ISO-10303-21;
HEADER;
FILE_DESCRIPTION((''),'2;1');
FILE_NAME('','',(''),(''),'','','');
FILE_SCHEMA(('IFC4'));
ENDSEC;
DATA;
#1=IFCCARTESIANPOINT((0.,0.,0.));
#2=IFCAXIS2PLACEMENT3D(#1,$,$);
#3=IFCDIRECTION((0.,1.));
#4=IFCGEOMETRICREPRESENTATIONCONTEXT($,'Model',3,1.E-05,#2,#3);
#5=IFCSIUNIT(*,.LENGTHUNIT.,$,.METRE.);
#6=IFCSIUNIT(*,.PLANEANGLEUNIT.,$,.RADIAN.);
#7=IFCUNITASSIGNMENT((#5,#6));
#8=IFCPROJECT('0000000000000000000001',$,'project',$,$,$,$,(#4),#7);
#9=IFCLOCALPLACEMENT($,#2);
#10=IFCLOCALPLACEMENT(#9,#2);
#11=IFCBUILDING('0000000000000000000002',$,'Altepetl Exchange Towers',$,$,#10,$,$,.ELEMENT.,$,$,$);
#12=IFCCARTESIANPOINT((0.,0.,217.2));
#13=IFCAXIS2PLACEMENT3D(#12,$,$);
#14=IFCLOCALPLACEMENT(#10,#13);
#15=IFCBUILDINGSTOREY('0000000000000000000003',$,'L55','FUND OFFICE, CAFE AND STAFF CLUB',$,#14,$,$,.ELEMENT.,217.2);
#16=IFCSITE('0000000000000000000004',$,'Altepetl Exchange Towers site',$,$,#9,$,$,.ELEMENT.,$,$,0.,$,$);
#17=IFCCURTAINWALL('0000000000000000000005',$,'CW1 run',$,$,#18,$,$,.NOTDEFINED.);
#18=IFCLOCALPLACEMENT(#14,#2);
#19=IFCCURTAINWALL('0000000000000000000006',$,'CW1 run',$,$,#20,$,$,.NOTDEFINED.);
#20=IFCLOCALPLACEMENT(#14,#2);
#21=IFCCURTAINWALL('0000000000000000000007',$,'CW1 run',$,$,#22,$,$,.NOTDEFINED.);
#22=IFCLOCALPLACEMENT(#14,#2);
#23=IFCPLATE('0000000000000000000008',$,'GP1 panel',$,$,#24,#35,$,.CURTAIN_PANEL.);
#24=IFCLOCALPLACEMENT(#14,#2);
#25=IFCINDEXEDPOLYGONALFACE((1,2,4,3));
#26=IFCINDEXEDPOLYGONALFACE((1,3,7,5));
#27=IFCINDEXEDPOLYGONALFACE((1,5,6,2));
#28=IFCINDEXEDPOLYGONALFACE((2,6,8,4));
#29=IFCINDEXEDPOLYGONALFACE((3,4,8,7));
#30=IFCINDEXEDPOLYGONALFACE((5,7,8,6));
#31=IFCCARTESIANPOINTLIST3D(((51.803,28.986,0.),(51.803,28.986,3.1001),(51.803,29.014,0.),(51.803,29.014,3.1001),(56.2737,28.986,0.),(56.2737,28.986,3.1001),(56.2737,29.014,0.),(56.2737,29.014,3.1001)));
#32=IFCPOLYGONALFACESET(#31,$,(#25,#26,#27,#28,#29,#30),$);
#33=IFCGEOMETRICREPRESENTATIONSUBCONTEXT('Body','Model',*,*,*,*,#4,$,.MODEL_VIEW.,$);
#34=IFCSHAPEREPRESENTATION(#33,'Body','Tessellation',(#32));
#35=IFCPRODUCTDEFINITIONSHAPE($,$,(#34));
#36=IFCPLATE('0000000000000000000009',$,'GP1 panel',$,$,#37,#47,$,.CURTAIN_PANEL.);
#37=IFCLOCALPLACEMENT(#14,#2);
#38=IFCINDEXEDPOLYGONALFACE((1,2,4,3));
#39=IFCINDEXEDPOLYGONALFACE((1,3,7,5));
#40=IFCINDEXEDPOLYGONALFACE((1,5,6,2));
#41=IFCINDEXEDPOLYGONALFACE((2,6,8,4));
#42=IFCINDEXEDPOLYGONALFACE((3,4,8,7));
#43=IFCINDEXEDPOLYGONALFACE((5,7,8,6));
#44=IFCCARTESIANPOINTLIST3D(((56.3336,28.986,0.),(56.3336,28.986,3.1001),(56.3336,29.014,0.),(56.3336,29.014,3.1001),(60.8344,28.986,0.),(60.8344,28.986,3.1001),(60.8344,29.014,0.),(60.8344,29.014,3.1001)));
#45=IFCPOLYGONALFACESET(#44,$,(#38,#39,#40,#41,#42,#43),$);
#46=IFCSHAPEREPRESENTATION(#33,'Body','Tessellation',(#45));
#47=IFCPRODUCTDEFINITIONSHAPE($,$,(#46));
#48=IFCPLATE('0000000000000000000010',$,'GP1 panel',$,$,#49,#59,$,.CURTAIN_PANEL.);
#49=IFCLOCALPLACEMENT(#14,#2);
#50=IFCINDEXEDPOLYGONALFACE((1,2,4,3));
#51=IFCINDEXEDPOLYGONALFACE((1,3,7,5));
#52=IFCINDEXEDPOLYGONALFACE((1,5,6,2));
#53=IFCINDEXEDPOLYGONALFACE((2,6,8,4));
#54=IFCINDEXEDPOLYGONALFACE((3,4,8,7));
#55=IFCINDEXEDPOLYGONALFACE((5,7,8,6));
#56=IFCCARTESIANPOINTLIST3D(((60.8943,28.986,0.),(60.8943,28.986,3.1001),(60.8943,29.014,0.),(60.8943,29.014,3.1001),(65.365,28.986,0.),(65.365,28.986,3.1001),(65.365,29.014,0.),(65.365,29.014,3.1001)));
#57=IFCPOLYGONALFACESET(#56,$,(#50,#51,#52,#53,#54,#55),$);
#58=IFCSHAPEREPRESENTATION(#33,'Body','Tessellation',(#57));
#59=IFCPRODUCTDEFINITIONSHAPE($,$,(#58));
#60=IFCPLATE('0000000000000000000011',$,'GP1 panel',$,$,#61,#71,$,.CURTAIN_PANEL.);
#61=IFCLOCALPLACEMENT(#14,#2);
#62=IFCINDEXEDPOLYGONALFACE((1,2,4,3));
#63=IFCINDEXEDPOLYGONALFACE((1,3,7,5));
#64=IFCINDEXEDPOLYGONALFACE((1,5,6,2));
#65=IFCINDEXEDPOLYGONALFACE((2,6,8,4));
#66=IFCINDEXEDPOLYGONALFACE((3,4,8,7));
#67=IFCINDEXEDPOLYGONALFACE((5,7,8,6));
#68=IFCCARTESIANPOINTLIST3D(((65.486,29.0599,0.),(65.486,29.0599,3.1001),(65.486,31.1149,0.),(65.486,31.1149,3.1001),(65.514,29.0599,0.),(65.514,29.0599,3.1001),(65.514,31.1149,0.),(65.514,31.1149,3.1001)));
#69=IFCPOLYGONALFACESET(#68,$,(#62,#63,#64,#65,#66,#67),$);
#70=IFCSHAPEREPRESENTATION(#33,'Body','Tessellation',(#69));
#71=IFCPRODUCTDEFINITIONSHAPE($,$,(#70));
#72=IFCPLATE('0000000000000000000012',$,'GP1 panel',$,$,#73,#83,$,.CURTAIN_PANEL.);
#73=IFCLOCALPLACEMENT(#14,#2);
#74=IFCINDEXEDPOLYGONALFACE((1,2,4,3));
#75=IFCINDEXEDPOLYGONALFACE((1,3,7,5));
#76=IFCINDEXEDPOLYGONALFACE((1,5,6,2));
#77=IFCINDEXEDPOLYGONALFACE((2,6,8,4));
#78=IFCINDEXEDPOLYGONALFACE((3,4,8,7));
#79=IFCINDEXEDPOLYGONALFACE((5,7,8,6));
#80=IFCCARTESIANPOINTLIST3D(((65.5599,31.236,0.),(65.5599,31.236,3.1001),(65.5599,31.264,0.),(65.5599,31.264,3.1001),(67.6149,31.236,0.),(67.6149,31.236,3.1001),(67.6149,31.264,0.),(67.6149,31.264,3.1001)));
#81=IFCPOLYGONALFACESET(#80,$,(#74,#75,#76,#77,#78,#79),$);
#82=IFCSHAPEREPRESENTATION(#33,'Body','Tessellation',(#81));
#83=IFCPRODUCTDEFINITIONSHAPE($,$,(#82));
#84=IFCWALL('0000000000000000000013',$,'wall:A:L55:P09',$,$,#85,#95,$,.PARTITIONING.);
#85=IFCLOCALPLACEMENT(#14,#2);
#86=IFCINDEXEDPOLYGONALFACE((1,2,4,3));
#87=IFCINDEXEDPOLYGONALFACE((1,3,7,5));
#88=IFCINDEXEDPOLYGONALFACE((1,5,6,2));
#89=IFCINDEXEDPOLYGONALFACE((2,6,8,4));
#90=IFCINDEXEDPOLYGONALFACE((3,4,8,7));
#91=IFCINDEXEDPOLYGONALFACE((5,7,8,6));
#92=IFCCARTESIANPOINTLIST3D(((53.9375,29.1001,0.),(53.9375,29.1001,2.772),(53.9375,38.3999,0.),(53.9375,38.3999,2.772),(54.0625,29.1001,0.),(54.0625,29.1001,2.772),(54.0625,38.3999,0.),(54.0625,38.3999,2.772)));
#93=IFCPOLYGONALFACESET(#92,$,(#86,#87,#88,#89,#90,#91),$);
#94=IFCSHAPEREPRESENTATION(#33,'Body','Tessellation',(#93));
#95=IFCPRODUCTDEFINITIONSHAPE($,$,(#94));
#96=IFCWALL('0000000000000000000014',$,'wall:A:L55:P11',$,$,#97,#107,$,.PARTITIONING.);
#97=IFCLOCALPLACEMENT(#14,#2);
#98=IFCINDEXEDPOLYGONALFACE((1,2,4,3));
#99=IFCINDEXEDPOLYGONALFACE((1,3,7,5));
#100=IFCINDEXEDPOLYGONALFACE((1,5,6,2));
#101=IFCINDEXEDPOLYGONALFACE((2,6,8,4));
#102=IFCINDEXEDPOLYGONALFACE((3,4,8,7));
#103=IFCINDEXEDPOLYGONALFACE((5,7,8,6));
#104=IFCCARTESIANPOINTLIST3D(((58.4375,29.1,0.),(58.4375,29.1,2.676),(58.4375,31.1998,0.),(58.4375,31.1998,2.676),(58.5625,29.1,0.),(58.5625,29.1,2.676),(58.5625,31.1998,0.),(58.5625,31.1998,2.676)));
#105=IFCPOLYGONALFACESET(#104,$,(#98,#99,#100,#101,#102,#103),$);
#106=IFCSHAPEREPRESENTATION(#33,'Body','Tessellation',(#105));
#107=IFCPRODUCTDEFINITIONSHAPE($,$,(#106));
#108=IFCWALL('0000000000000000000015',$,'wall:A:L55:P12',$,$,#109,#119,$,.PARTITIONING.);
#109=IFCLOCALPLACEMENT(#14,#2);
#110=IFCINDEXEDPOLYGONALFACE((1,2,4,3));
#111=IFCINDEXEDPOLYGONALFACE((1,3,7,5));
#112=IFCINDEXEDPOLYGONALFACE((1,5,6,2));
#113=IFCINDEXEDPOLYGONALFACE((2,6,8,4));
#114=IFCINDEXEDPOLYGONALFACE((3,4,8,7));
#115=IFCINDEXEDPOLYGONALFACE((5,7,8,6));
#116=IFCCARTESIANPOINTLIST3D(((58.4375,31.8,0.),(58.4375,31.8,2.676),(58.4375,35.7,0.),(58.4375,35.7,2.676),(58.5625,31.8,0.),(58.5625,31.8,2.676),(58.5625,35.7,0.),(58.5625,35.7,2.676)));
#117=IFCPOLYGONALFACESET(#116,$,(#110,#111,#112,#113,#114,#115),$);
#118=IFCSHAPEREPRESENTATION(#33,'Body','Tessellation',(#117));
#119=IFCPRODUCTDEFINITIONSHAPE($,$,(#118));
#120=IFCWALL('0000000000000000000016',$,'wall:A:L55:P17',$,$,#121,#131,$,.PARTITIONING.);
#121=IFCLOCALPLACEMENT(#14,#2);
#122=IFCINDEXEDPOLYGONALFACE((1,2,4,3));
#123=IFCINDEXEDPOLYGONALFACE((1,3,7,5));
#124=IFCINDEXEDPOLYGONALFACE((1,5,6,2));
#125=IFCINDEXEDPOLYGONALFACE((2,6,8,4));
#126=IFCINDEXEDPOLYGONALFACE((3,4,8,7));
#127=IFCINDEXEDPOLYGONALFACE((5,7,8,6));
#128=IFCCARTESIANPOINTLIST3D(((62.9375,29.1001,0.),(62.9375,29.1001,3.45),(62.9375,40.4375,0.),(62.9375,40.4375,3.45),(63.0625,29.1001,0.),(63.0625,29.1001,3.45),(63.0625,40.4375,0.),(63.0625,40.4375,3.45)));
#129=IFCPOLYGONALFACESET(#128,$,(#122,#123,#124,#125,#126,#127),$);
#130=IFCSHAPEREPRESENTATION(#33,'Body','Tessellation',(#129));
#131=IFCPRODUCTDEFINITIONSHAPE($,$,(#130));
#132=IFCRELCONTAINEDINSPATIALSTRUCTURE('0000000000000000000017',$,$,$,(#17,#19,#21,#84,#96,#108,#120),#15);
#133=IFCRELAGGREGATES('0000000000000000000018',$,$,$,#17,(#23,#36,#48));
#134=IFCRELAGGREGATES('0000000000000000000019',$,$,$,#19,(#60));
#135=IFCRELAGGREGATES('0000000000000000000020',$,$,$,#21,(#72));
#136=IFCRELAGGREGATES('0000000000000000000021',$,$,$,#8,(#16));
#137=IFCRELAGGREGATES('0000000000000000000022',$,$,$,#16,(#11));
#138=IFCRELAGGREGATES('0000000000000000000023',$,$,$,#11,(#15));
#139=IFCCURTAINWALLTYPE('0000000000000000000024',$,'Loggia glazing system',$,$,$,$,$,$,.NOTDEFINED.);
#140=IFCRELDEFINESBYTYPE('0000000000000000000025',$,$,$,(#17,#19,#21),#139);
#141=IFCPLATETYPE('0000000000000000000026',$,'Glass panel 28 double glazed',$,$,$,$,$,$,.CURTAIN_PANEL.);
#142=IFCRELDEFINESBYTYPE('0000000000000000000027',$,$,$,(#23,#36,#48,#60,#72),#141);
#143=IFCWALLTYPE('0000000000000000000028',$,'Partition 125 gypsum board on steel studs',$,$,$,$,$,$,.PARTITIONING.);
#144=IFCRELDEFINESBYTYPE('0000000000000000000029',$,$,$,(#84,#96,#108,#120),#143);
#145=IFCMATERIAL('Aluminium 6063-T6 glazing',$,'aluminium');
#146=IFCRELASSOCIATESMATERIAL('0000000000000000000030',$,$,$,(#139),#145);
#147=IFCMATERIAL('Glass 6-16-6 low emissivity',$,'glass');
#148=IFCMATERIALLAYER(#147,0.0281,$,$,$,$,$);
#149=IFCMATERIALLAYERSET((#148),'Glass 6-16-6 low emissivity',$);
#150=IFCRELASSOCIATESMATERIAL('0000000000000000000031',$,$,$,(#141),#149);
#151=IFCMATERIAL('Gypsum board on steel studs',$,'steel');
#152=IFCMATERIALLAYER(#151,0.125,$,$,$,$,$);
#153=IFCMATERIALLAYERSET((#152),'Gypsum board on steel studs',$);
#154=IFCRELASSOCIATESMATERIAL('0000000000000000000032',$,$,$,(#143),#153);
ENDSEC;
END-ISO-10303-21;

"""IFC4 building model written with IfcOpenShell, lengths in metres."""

from ifc_helpers import new_model, si_unit, direction, frame, frame_2d, origin, origin_2d, place, context, subcontext, project, spatial, rectangle, extrude, material, layer, layer_set, type_object, element, aggregate, save


model = new_model("IFC4")

# Units and contexts
model_context = context("Model", 3, precision=1e-05, world=origin(), true_north=direction((0.0, 1.0)))
body_context = subcontext(model_context, "Body", "Model", "MODEL_VIEW")
ifc_project = project(units=[si_unit("LENGTHUNIT", "METRE"), si_unit("PLANEANGLEUNIT", "RADIAN")], contexts=[model_context])

# Site, building, storey
site_placement = place(None, origin())
site = spatial("IfcSite", under=ifc_project, at=site_placement, Name="Altepetl Exchange Towers site", CompositionType="ELEMENT", RefElevation=0.0)
building_placement = place(site_placement, origin())
building = spatial("IfcBuilding", under=site, at=building_placement, Name="Altepetl Exchange Towers", CompositionType="ELEMENT")
storey_placement = place(building_placement, frame((0.0, 0.0, 217.2)))
storey = spatial("IfcBuildingStorey", under=building, at=storey_placement, Name="L55", Description="FUND OFFICE, CAFE AND STAFF CLUB", CompositionType="ELEMENT", Elevation=217.2)

# Curtain walls
ifc_material_1 = material(Name="Aluminium 6063-T6 glazing", Category="aluminium")
curtain_wall_type = type_object("IfcCurtainWallType", Name="Loggia glazing system", PredefinedType="NOTDEFINED", material=ifc_material_1)
curtain_wall_1_placement = place(storey_placement, origin())
curtain_wall_1 = element("IfcCurtainWall", 1, at=curtain_wall_1_placement, inside=storey, type_object=curtain_wall_type, Name="CW1 run", PredefinedType="NOTDEFINED")
curtain_wall_2_placement = place(storey_placement, origin())
curtain_wall_2 = element("IfcCurtainWall", 2, at=curtain_wall_2_placement, inside=storey, type_object=curtain_wall_type, Name="CW1 run", PredefinedType="NOTDEFINED")
curtain_wall_3_placement = place(storey_placement, origin())
curtain_wall_3 = element("IfcCurtainWall", 3, at=curtain_wall_3_placement, inside=storey, type_object=curtain_wall_type, Name="CW1 run", PredefinedType="NOTDEFINED")

# Plates
ifc_material_2 = material(Name="Glass 6-16-6 low emissivity", Category="glass")
ifc_layer_1 = layer(ifc_material_2, 0.0281)
ifc_layer_set_1 = layer_set([ifc_layer_1], Name="Glass 6-16-6 low emissivity")
plate_type = type_object("IfcPlateType", Name="Glass panel 28 double glazed", PredefinedType="CURTAIN_PANEL", material=ifc_layer_set_1)
plate_1_placement = place(storey_placement, frame((54.0383, 29.0, 0.0)))
plate_1 = element("IfcPlate", 4, at=plate_1_placement, type_object=plate_type, Name="GP1 panel", PredefinedType="CURTAIN_PANEL", context=body_context, shape_type="SweptSolid", body=[
    extrude(rectangle(XDim=4.4707, YDim=0.0281, at=origin_2d()), origin(), (0.0, 0.0, 1.0), 3.1001),
])
plate_2_placement = place(storey_placement, frame((58.584, 29.0, 0.0)))
plate_2 = element("IfcPlate", 5, at=plate_2_placement, type_object=plate_type, Name="GP1 panel", PredefinedType="CURTAIN_PANEL", context=body_context, shape_type="SweptSolid", body=[
    extrude(rectangle(XDim=4.5007, YDim=0.0281, at=origin_2d()), origin(), (0.0, 0.0, 1.0), 3.1001),
])
plate_3_placement = place(storey_placement, frame((63.1296, 29.0, 0.0)))
plate_3 = element("IfcPlate", 6, at=plate_3_placement, type_object=plate_type, Name="GP1 panel", PredefinedType="CURTAIN_PANEL", context=body_context, shape_type="SweptSolid", body=[
    extrude(rectangle(XDim=4.4707, YDim=0.0281, at=origin_2d()), origin(), (0.0, 0.0, 1.0), 3.1001),
])
aggregate(curtain_wall_1, [plate_1, plate_2, plate_3])
plate_4_placement = place(storey_placement, frame((65.5, 30.0874, 0.0), z_axis=(0.0, 0.0, 1.0), x_axis=(0.0, 1.0, 0.0)))
plate_4 = element("IfcPlate", 7, at=plate_4_placement, type_object=plate_type, Name="GP1 panel", PredefinedType="CURTAIN_PANEL", context=body_context, shape_type="SweptSolid", body=[
    extrude(rectangle(XDim=2.0549, YDim=0.0281, at=origin_2d()), origin(), (0.0, 0.0, 1.0), 3.1001),
])
aggregate(curtain_wall_2, [plate_4])
plate_5_placement = place(storey_placement, frame((66.5874, 31.25, 0.0)))
plate_5 = element("IfcPlate", 8, at=plate_5_placement, type_object=plate_type, Name="GP1 panel", PredefinedType="CURTAIN_PANEL", context=body_context, shape_type="SweptSolid", body=[
    extrude(rectangle(XDim=2.0549, YDim=0.0281, at=origin_2d()), origin(), (0.0, 0.0, 1.0), 3.1001),
])
aggregate(curtain_wall_3, [plate_5])

# Walls
ifc_material_3 = material(Name="Gypsum board on steel studs", Category="steel")
ifc_layer_2 = layer(ifc_material_3, 0.125)
ifc_layer_set_2 = layer_set([ifc_layer_2], Name="Gypsum board on steel studs")
wall_type = type_object("IfcWallType", Name="Partition 125 gypsum board on steel studs", PredefinedType="PARTITIONING", material=ifc_layer_set_2)
wall_1_placement = place(storey_placement, frame((54.0, 29.1001, 0.0), z_axis=(0.0, 0.0, 1.0), x_axis=(0.0, 1.0, 0.0)))
element("IfcWall", 9, at=wall_1_placement, inside=storey, type_object=wall_type, Name="wall:A:L55:P09", PredefinedType="PARTITIONING", context=body_context, shape_type="SweptSolid", body=[
    extrude(rectangle(XDim=9.2998, YDim=0.125, at=frame_2d((4.6499, 0.0))), origin(), (0.0, 0.0, 1.0), 2.772),
])
wall_2_placement = place(storey_placement, frame((58.5, 29.1001, 0.0), z_axis=(0.0, 0.0, 1.0), x_axis=(0.0, 1.0, 0.0)))
element("IfcWall", 10, at=wall_2_placement, inside=storey, type_object=wall_type, Name="wall:A:L55:P11", PredefinedType="PARTITIONING", context=body_context, shape_type="SweptSolid", body=[
    extrude(rectangle(XDim=2.0999, YDim=0.125, at=frame_2d((1.0498, 0.0))), origin(), (0.0, 0.0, 1.0), 2.676),
])
wall_3_placement = place(storey_placement, frame((58.5, 31.8, 0.0), z_axis=(0.0, 0.0, 1.0), x_axis=(0.0, 1.0, 0.0)))
element("IfcWall", 11, at=wall_3_placement, inside=storey, type_object=wall_type, Name="wall:A:L55:P12", PredefinedType="PARTITIONING", context=body_context, shape_type="SweptSolid", body=[
    extrude(rectangle(XDim=3.8999, YDim=0.125, at=frame_2d((1.95, 0.0))), origin(), (0.0, 0.0, 1.0), 2.676),
])
wall_4_placement = place(storey_placement, frame((63.0, 29.1001, 0.0), z_axis=(0.0, 0.0, 1.0), x_axis=(0.0, 1.0, 0.0)))
element("IfcWall", 12, at=wall_4_placement, inside=storey, type_object=wall_type, Name="wall:A:L55:P17", PredefinedType="PARTITIONING", context=body_context, shape_type="SweptSolid", body=[
    extrude(rectangle(XDim=11.3374, YDim=0.125, at=frame_2d((5.6687, 0.0))), origin(), (0.0, 0.0, 1.0), 3.45),
])

save(model, "model.ifc")
